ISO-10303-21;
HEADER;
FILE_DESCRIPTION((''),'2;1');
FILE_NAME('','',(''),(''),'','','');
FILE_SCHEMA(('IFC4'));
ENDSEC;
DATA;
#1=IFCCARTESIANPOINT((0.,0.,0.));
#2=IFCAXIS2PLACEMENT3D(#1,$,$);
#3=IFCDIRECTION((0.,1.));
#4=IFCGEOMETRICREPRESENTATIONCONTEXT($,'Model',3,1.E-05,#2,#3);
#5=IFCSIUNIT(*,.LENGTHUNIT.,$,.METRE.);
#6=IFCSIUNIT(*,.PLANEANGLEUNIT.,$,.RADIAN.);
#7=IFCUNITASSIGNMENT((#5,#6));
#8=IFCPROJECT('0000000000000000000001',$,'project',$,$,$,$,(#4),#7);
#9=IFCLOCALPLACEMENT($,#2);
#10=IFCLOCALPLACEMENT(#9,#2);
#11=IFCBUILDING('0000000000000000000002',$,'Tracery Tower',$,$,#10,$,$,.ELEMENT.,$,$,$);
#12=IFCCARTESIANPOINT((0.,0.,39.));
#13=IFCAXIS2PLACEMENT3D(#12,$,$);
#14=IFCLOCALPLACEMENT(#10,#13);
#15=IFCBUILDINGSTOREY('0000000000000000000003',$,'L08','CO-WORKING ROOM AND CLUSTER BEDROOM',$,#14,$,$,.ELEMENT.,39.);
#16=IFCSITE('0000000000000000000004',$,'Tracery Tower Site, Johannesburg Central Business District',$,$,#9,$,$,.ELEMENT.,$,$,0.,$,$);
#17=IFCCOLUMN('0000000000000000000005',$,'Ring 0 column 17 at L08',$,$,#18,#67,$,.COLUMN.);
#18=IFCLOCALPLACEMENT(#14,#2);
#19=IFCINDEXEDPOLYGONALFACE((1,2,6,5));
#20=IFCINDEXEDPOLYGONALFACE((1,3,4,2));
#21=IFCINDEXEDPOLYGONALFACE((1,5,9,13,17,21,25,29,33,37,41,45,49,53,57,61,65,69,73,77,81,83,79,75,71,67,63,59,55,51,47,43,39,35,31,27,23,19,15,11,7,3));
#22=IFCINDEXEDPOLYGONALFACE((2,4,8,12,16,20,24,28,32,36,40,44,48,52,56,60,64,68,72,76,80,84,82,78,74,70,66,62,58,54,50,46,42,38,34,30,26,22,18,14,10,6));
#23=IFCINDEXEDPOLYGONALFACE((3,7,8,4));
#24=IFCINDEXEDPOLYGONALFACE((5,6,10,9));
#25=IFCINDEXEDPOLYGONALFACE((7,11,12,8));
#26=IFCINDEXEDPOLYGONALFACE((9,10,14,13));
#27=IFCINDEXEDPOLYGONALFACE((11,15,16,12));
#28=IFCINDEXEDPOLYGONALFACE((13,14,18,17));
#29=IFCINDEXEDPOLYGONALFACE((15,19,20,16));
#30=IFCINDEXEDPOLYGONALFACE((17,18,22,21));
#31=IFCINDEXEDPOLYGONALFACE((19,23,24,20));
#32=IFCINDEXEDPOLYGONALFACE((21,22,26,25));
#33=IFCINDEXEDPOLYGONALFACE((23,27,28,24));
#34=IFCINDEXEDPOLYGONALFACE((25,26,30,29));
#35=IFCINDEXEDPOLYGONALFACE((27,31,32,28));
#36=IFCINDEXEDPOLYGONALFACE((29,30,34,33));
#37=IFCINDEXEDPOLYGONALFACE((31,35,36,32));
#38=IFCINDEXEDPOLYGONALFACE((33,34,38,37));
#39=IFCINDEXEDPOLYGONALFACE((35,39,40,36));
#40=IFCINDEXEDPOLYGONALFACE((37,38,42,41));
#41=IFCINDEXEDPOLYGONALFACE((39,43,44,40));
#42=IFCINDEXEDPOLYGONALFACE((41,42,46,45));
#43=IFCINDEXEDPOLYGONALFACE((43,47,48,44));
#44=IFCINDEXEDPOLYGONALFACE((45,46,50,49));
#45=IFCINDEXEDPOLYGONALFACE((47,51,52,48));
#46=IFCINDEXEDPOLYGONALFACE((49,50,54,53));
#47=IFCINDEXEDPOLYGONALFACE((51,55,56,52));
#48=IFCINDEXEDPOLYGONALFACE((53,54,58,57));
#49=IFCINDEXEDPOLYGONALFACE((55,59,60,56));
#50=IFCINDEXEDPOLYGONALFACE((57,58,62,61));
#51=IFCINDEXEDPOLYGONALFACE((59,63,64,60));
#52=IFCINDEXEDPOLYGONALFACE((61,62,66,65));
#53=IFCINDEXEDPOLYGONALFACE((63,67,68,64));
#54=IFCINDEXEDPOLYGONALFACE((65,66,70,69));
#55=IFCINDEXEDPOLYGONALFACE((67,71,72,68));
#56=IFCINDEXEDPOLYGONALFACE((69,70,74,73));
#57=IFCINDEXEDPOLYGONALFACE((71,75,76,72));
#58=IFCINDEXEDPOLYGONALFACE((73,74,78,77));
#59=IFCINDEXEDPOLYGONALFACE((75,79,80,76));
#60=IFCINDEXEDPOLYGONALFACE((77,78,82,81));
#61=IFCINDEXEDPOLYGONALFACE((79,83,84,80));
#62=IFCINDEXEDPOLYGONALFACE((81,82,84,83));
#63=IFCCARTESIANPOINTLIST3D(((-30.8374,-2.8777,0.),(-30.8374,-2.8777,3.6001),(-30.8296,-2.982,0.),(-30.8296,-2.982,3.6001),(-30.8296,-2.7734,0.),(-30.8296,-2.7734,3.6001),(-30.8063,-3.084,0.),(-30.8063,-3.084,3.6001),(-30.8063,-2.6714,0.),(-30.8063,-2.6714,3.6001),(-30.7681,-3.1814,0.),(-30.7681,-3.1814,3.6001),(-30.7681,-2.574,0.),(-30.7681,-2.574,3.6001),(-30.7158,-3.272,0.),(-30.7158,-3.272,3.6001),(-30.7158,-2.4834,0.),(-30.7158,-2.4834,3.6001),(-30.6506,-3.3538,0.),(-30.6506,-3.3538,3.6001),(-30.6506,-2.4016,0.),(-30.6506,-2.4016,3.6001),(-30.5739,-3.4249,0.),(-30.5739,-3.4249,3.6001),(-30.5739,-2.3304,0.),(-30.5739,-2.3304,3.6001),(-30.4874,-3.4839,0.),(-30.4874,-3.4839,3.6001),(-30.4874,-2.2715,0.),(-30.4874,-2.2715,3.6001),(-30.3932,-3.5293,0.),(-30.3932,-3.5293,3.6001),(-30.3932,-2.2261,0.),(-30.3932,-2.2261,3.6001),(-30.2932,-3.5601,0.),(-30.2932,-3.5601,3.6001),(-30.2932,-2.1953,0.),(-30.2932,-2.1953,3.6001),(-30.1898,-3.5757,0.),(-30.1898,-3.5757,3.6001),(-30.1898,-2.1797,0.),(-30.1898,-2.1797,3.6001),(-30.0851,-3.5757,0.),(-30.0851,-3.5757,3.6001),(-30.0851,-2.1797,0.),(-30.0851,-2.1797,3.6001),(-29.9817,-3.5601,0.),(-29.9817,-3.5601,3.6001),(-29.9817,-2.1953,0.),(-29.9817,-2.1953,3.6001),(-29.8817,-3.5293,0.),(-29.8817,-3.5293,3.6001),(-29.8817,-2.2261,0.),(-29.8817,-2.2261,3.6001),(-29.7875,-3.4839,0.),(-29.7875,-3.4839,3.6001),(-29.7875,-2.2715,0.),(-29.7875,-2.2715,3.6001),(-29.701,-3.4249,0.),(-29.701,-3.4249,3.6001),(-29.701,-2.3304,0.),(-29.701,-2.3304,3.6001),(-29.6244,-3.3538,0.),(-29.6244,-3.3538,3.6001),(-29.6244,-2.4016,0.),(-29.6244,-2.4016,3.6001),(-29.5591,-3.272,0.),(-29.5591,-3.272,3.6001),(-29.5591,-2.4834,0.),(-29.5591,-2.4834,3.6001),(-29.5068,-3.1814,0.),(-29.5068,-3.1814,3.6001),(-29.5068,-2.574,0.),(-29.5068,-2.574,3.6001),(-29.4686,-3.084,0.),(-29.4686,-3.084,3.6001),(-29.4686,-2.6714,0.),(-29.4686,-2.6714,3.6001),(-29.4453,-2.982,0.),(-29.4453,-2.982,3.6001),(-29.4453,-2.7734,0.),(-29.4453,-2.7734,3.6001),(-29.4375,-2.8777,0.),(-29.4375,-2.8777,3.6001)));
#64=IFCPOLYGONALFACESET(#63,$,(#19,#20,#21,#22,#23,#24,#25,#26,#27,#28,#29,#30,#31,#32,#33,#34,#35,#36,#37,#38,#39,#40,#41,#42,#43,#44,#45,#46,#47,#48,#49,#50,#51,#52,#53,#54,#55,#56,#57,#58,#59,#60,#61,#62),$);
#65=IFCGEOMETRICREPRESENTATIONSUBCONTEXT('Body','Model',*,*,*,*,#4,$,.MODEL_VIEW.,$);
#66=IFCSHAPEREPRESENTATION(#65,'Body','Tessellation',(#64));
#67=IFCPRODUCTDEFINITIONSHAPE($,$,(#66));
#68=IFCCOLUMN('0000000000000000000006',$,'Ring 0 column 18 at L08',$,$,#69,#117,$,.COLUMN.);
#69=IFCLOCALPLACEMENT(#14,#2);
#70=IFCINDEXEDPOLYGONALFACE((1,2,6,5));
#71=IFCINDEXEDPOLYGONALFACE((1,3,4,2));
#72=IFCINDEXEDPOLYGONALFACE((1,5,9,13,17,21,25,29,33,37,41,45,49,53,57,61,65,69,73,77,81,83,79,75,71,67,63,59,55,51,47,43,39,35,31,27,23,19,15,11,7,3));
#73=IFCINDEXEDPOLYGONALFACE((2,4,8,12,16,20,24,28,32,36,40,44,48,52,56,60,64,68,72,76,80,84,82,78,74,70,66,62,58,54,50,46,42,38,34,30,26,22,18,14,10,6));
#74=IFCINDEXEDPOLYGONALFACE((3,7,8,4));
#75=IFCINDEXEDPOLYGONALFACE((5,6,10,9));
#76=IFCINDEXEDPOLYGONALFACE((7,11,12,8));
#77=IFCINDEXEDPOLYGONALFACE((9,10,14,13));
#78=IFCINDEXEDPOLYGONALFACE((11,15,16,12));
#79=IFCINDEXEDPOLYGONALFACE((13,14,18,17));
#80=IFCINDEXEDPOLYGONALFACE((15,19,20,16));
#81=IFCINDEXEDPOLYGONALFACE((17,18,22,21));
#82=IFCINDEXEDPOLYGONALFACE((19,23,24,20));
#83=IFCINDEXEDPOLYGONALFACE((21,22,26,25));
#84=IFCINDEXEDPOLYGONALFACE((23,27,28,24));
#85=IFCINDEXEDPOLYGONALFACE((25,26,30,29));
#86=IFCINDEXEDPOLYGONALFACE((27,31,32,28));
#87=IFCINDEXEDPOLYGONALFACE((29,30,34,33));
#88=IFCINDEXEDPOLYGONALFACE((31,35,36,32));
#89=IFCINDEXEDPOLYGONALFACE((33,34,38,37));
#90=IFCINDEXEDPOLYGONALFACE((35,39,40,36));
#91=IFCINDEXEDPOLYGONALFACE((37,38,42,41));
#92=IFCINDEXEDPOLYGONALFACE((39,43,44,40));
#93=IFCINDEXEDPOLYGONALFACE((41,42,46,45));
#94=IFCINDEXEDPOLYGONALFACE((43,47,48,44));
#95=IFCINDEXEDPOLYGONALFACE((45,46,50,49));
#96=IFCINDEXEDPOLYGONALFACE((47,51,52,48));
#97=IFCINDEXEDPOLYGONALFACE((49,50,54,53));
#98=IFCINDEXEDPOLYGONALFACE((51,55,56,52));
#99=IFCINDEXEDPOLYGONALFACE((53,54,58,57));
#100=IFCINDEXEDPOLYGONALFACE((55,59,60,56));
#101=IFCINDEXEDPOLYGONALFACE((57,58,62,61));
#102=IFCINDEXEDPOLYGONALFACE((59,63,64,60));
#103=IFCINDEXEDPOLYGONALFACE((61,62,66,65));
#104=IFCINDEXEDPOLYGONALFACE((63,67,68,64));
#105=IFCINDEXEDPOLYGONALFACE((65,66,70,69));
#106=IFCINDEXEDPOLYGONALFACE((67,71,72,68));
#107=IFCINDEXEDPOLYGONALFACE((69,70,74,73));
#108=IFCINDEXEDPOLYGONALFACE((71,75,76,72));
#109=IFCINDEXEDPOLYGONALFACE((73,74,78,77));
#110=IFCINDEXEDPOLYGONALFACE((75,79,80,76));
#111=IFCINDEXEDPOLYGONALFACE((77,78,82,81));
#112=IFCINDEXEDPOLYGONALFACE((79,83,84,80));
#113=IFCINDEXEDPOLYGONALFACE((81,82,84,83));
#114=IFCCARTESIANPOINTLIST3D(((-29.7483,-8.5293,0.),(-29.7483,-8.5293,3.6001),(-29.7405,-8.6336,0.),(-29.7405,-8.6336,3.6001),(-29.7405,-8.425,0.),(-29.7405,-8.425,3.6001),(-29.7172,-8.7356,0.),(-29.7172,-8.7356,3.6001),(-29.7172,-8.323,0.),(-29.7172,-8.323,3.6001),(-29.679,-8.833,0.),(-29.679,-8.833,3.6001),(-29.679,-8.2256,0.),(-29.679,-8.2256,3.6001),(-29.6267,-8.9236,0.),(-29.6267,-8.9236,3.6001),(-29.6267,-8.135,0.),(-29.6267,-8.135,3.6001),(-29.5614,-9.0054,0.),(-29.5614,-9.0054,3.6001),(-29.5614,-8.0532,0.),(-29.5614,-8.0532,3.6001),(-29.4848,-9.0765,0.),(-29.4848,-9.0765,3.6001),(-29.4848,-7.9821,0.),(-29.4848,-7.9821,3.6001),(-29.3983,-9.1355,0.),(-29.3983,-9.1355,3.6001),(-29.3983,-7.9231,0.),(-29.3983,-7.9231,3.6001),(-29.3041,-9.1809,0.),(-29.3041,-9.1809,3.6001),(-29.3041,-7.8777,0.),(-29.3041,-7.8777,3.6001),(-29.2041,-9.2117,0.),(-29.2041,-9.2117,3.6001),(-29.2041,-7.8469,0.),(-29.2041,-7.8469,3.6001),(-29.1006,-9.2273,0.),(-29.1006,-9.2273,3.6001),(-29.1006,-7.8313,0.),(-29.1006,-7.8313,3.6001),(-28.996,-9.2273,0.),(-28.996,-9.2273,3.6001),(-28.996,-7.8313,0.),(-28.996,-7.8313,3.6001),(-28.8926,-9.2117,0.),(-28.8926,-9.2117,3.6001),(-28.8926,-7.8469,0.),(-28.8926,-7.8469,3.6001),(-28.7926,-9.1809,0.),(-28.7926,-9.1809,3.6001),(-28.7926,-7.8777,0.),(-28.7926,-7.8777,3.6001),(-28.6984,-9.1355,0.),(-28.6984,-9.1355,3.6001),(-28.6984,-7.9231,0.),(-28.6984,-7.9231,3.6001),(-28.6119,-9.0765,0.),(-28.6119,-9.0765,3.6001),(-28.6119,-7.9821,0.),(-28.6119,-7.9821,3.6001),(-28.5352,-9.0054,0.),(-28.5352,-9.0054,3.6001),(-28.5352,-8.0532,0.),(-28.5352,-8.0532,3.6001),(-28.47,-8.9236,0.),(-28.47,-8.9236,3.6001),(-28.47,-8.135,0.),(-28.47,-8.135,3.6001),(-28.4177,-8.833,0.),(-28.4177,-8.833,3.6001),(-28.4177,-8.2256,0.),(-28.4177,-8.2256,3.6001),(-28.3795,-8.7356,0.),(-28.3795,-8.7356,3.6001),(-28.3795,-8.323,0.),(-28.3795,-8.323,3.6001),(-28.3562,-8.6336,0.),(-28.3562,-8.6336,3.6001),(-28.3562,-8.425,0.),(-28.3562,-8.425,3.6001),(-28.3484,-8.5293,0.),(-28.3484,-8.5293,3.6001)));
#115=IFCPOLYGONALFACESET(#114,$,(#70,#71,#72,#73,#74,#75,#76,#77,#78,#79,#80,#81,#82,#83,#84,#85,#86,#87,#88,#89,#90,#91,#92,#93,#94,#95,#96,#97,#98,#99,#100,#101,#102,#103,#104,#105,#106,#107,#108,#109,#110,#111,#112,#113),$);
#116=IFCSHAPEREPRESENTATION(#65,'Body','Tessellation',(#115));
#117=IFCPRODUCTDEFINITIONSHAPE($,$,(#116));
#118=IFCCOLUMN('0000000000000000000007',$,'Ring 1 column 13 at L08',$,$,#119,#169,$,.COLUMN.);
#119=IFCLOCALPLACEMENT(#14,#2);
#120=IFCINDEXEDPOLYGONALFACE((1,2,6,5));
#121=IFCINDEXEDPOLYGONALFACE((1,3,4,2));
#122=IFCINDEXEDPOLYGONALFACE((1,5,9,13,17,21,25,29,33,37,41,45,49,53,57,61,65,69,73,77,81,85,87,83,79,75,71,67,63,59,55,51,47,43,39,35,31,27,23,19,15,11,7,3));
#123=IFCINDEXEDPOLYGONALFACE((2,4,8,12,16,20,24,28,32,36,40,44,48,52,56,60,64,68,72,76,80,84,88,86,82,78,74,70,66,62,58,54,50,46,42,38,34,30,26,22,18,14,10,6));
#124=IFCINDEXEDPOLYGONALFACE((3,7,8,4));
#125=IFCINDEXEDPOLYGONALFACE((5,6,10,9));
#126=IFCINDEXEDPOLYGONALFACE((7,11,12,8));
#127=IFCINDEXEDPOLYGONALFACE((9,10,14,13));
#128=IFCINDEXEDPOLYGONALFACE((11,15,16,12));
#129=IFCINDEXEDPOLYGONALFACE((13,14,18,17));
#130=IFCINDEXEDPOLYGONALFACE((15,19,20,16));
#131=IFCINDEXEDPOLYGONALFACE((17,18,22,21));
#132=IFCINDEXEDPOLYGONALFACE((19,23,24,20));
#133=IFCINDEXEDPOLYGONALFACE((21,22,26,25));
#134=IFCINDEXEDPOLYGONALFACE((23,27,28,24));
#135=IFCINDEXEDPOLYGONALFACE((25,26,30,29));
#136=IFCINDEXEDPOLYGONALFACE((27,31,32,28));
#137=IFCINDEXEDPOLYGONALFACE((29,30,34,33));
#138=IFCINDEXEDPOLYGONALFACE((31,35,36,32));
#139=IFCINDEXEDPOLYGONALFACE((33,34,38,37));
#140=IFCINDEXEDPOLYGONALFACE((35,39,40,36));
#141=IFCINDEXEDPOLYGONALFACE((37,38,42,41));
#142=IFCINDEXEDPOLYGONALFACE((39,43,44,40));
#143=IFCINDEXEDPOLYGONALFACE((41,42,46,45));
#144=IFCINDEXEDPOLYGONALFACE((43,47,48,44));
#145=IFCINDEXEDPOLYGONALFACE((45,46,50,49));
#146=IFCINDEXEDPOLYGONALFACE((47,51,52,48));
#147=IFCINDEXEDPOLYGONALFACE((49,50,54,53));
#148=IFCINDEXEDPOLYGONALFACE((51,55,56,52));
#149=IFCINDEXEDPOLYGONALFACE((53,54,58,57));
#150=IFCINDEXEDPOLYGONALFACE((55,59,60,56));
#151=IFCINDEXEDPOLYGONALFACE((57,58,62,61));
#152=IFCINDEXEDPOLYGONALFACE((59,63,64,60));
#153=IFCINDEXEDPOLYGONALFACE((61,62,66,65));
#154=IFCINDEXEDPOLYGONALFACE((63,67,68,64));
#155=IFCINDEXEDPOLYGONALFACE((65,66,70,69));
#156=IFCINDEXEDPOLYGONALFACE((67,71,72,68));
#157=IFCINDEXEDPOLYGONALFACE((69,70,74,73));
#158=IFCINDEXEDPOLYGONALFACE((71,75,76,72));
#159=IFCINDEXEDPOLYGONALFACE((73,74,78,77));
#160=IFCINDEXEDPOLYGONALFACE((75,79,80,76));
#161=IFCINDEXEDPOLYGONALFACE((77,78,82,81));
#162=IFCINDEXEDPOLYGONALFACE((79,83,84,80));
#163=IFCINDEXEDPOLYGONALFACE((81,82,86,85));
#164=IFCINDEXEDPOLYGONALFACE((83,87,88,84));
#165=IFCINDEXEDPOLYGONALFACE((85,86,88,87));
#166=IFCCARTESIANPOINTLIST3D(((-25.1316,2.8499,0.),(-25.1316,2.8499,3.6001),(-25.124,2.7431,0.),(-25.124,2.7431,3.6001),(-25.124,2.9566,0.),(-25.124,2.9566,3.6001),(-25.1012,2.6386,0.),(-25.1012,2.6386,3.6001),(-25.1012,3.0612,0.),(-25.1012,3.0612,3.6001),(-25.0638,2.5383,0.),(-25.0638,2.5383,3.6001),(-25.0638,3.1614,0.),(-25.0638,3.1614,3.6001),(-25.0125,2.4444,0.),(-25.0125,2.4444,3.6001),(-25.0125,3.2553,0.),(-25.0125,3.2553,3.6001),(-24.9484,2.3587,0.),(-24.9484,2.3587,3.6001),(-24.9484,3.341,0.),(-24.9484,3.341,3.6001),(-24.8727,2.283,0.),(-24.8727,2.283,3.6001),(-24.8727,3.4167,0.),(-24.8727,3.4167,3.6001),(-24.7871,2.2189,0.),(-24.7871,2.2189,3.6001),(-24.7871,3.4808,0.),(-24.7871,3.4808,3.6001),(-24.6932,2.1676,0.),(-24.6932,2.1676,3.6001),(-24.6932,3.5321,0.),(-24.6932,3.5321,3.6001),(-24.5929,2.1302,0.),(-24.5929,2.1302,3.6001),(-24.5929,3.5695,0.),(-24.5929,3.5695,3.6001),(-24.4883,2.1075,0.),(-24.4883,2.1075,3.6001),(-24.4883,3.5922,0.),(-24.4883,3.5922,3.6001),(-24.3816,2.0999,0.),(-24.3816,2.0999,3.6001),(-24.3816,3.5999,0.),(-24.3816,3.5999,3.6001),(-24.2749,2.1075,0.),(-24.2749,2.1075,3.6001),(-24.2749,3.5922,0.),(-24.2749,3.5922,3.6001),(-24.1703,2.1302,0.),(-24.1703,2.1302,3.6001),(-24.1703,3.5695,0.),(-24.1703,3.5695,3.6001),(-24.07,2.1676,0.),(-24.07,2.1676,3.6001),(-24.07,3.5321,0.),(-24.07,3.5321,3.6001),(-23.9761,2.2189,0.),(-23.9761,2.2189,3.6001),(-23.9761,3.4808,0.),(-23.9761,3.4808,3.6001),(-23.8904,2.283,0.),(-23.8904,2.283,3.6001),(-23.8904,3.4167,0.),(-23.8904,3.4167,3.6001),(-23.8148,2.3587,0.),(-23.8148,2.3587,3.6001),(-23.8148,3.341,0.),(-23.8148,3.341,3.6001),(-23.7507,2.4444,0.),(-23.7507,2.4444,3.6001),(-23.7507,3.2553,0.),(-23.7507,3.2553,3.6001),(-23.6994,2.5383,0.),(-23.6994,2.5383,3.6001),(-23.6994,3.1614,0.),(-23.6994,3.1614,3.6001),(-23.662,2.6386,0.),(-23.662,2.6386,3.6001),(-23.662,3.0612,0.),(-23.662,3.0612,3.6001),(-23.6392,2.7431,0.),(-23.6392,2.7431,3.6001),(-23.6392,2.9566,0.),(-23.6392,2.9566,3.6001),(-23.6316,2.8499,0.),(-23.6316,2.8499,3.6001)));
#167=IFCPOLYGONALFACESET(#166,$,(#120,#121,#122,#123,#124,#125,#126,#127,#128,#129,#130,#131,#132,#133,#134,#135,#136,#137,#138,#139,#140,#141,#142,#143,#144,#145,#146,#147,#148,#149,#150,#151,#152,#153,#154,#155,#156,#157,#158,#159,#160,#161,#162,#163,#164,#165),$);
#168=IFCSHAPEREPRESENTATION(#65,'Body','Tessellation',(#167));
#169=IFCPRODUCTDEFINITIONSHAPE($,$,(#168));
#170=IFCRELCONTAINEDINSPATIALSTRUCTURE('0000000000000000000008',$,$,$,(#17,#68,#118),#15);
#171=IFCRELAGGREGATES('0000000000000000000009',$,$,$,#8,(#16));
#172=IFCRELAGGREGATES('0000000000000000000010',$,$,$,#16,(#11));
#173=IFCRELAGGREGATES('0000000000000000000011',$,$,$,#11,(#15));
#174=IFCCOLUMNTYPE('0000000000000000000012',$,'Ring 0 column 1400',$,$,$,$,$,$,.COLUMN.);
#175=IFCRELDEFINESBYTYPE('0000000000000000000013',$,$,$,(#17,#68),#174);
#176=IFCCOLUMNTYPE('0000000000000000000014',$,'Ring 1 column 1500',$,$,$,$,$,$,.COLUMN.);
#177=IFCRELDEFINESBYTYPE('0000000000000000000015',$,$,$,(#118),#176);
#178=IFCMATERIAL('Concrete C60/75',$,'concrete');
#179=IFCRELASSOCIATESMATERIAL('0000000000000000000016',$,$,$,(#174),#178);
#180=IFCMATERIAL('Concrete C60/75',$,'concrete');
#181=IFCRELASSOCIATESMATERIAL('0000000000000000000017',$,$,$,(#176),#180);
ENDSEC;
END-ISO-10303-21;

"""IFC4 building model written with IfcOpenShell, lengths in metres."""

from ifc_helpers import new_model, si_unit, direction, frame, origin, origin_2d, place, context, subcontext, project, spatial, circle, extrude, material, material_profile, profile_set, type_object, element, save


model = new_model("IFC4")

# Units and contexts
model_context = context("Model", 3, precision=1e-05, world=origin(), true_north=direction((0.0, 1.0)))
body_context = subcontext(model_context, "Body", "Model", "MODEL_VIEW")
ifc_project = project(units=[si_unit("LENGTHUNIT", "METRE"), si_unit("PLANEANGLEUNIT", "RADIAN")], contexts=[model_context])

# Site, building, storey
site_placement = place(None, origin())
site = spatial("IfcSite", under=ifc_project, at=site_placement, Name="Tracery Tower Site, Johannesburg Central Business District", CompositionType="ELEMENT", RefElevation=0.0)
building_placement = place(site_placement, origin())
building = spatial("IfcBuilding", under=site, at=building_placement, Name="Tracery Tower", CompositionType="ELEMENT")
storey_placement = place(building_placement, frame((0.0, 0.0, 39.0)))
storey = spatial("IfcBuildingStorey", under=building, at=storey_placement, Name="L08", Description="CO-WORKING ROOM AND CLUSTER BEDROOM", CompositionType="ELEMENT", Elevation=39.0)

# Columns
ifc_material_1 = material(Name="Concrete C60/75", Category="concrete")
ifc_material_profile_1 = material_profile(ifc_material_1, circle(Radius=0.7, at=origin_2d()), Name="RC D1400")
ifc_profile_set_1 = profile_set([ifc_material_profile_1], Name="Concrete C60/75")
column_type_1 = type_object("IfcColumnType", Name="Ring 0 column 1400", PredefinedType="COLUMN", material=ifc_profile_set_1)
for number, where, z_axis, x_axis, name in (
    (1, (-30.1375, -2.8777, 0.0), (0.0, 0.0, 1.0), (1.0, 0.0, 0.0), "Ring 0 column 17 at L08"),
    (2, (-29.0483, -8.5293, 0.0), (0.0, 0.0, 1.0), (1.0, 0.0, 0.0), "Ring 0 column 18 at L08"),
):
    element("IfcColumn", number, at=place(storey_placement, frame(where, z_axis=z_axis, x_axis=x_axis)), inside=storey, type_object=column_type_1, Name=name, PredefinedType="COLUMN", context=body_context, shape_type="SweptSolid", body=[
        extrude(circle(Radius=0.7, at=origin_2d()), origin(), (0.0, 0.0, 1.0), 3.6001),
    ])
ifc_material_2 = material(Name="Concrete C60/75", Category="concrete")
ifc_material_profile_2 = material_profile(ifc_material_2, circle(Radius=0.75, at=origin_2d()), Name="RC D1500")
ifc_profile_set_2 = profile_set([ifc_material_profile_2], Name="Concrete C60/75")
column_type_2 = type_object("IfcColumnType", Name="Ring 1 column 1500", PredefinedType="COLUMN", material=ifc_profile_set_2)
for number, where, z_axis, x_axis, name in (
    (3, (-24.3816, 2.8499, 0.0), (0.0, 0.0, 1.0), (1.0, 0.0, 0.0), "Ring 1 column 13 at L08"),
):
    element("IfcColumn", number, at=place(storey_placement, frame(where, z_axis=z_axis, x_axis=x_axis)), inside=storey, type_object=column_type_2, Name=name, PredefinedType="COLUMN", context=body_context, shape_type="SweptSolid", body=[
        extrude(circle(Radius=0.75, at=origin_2d()), origin(), (0.0, 0.0, 1.0), 3.6001),
    ])

save(model, "model.ifc")
